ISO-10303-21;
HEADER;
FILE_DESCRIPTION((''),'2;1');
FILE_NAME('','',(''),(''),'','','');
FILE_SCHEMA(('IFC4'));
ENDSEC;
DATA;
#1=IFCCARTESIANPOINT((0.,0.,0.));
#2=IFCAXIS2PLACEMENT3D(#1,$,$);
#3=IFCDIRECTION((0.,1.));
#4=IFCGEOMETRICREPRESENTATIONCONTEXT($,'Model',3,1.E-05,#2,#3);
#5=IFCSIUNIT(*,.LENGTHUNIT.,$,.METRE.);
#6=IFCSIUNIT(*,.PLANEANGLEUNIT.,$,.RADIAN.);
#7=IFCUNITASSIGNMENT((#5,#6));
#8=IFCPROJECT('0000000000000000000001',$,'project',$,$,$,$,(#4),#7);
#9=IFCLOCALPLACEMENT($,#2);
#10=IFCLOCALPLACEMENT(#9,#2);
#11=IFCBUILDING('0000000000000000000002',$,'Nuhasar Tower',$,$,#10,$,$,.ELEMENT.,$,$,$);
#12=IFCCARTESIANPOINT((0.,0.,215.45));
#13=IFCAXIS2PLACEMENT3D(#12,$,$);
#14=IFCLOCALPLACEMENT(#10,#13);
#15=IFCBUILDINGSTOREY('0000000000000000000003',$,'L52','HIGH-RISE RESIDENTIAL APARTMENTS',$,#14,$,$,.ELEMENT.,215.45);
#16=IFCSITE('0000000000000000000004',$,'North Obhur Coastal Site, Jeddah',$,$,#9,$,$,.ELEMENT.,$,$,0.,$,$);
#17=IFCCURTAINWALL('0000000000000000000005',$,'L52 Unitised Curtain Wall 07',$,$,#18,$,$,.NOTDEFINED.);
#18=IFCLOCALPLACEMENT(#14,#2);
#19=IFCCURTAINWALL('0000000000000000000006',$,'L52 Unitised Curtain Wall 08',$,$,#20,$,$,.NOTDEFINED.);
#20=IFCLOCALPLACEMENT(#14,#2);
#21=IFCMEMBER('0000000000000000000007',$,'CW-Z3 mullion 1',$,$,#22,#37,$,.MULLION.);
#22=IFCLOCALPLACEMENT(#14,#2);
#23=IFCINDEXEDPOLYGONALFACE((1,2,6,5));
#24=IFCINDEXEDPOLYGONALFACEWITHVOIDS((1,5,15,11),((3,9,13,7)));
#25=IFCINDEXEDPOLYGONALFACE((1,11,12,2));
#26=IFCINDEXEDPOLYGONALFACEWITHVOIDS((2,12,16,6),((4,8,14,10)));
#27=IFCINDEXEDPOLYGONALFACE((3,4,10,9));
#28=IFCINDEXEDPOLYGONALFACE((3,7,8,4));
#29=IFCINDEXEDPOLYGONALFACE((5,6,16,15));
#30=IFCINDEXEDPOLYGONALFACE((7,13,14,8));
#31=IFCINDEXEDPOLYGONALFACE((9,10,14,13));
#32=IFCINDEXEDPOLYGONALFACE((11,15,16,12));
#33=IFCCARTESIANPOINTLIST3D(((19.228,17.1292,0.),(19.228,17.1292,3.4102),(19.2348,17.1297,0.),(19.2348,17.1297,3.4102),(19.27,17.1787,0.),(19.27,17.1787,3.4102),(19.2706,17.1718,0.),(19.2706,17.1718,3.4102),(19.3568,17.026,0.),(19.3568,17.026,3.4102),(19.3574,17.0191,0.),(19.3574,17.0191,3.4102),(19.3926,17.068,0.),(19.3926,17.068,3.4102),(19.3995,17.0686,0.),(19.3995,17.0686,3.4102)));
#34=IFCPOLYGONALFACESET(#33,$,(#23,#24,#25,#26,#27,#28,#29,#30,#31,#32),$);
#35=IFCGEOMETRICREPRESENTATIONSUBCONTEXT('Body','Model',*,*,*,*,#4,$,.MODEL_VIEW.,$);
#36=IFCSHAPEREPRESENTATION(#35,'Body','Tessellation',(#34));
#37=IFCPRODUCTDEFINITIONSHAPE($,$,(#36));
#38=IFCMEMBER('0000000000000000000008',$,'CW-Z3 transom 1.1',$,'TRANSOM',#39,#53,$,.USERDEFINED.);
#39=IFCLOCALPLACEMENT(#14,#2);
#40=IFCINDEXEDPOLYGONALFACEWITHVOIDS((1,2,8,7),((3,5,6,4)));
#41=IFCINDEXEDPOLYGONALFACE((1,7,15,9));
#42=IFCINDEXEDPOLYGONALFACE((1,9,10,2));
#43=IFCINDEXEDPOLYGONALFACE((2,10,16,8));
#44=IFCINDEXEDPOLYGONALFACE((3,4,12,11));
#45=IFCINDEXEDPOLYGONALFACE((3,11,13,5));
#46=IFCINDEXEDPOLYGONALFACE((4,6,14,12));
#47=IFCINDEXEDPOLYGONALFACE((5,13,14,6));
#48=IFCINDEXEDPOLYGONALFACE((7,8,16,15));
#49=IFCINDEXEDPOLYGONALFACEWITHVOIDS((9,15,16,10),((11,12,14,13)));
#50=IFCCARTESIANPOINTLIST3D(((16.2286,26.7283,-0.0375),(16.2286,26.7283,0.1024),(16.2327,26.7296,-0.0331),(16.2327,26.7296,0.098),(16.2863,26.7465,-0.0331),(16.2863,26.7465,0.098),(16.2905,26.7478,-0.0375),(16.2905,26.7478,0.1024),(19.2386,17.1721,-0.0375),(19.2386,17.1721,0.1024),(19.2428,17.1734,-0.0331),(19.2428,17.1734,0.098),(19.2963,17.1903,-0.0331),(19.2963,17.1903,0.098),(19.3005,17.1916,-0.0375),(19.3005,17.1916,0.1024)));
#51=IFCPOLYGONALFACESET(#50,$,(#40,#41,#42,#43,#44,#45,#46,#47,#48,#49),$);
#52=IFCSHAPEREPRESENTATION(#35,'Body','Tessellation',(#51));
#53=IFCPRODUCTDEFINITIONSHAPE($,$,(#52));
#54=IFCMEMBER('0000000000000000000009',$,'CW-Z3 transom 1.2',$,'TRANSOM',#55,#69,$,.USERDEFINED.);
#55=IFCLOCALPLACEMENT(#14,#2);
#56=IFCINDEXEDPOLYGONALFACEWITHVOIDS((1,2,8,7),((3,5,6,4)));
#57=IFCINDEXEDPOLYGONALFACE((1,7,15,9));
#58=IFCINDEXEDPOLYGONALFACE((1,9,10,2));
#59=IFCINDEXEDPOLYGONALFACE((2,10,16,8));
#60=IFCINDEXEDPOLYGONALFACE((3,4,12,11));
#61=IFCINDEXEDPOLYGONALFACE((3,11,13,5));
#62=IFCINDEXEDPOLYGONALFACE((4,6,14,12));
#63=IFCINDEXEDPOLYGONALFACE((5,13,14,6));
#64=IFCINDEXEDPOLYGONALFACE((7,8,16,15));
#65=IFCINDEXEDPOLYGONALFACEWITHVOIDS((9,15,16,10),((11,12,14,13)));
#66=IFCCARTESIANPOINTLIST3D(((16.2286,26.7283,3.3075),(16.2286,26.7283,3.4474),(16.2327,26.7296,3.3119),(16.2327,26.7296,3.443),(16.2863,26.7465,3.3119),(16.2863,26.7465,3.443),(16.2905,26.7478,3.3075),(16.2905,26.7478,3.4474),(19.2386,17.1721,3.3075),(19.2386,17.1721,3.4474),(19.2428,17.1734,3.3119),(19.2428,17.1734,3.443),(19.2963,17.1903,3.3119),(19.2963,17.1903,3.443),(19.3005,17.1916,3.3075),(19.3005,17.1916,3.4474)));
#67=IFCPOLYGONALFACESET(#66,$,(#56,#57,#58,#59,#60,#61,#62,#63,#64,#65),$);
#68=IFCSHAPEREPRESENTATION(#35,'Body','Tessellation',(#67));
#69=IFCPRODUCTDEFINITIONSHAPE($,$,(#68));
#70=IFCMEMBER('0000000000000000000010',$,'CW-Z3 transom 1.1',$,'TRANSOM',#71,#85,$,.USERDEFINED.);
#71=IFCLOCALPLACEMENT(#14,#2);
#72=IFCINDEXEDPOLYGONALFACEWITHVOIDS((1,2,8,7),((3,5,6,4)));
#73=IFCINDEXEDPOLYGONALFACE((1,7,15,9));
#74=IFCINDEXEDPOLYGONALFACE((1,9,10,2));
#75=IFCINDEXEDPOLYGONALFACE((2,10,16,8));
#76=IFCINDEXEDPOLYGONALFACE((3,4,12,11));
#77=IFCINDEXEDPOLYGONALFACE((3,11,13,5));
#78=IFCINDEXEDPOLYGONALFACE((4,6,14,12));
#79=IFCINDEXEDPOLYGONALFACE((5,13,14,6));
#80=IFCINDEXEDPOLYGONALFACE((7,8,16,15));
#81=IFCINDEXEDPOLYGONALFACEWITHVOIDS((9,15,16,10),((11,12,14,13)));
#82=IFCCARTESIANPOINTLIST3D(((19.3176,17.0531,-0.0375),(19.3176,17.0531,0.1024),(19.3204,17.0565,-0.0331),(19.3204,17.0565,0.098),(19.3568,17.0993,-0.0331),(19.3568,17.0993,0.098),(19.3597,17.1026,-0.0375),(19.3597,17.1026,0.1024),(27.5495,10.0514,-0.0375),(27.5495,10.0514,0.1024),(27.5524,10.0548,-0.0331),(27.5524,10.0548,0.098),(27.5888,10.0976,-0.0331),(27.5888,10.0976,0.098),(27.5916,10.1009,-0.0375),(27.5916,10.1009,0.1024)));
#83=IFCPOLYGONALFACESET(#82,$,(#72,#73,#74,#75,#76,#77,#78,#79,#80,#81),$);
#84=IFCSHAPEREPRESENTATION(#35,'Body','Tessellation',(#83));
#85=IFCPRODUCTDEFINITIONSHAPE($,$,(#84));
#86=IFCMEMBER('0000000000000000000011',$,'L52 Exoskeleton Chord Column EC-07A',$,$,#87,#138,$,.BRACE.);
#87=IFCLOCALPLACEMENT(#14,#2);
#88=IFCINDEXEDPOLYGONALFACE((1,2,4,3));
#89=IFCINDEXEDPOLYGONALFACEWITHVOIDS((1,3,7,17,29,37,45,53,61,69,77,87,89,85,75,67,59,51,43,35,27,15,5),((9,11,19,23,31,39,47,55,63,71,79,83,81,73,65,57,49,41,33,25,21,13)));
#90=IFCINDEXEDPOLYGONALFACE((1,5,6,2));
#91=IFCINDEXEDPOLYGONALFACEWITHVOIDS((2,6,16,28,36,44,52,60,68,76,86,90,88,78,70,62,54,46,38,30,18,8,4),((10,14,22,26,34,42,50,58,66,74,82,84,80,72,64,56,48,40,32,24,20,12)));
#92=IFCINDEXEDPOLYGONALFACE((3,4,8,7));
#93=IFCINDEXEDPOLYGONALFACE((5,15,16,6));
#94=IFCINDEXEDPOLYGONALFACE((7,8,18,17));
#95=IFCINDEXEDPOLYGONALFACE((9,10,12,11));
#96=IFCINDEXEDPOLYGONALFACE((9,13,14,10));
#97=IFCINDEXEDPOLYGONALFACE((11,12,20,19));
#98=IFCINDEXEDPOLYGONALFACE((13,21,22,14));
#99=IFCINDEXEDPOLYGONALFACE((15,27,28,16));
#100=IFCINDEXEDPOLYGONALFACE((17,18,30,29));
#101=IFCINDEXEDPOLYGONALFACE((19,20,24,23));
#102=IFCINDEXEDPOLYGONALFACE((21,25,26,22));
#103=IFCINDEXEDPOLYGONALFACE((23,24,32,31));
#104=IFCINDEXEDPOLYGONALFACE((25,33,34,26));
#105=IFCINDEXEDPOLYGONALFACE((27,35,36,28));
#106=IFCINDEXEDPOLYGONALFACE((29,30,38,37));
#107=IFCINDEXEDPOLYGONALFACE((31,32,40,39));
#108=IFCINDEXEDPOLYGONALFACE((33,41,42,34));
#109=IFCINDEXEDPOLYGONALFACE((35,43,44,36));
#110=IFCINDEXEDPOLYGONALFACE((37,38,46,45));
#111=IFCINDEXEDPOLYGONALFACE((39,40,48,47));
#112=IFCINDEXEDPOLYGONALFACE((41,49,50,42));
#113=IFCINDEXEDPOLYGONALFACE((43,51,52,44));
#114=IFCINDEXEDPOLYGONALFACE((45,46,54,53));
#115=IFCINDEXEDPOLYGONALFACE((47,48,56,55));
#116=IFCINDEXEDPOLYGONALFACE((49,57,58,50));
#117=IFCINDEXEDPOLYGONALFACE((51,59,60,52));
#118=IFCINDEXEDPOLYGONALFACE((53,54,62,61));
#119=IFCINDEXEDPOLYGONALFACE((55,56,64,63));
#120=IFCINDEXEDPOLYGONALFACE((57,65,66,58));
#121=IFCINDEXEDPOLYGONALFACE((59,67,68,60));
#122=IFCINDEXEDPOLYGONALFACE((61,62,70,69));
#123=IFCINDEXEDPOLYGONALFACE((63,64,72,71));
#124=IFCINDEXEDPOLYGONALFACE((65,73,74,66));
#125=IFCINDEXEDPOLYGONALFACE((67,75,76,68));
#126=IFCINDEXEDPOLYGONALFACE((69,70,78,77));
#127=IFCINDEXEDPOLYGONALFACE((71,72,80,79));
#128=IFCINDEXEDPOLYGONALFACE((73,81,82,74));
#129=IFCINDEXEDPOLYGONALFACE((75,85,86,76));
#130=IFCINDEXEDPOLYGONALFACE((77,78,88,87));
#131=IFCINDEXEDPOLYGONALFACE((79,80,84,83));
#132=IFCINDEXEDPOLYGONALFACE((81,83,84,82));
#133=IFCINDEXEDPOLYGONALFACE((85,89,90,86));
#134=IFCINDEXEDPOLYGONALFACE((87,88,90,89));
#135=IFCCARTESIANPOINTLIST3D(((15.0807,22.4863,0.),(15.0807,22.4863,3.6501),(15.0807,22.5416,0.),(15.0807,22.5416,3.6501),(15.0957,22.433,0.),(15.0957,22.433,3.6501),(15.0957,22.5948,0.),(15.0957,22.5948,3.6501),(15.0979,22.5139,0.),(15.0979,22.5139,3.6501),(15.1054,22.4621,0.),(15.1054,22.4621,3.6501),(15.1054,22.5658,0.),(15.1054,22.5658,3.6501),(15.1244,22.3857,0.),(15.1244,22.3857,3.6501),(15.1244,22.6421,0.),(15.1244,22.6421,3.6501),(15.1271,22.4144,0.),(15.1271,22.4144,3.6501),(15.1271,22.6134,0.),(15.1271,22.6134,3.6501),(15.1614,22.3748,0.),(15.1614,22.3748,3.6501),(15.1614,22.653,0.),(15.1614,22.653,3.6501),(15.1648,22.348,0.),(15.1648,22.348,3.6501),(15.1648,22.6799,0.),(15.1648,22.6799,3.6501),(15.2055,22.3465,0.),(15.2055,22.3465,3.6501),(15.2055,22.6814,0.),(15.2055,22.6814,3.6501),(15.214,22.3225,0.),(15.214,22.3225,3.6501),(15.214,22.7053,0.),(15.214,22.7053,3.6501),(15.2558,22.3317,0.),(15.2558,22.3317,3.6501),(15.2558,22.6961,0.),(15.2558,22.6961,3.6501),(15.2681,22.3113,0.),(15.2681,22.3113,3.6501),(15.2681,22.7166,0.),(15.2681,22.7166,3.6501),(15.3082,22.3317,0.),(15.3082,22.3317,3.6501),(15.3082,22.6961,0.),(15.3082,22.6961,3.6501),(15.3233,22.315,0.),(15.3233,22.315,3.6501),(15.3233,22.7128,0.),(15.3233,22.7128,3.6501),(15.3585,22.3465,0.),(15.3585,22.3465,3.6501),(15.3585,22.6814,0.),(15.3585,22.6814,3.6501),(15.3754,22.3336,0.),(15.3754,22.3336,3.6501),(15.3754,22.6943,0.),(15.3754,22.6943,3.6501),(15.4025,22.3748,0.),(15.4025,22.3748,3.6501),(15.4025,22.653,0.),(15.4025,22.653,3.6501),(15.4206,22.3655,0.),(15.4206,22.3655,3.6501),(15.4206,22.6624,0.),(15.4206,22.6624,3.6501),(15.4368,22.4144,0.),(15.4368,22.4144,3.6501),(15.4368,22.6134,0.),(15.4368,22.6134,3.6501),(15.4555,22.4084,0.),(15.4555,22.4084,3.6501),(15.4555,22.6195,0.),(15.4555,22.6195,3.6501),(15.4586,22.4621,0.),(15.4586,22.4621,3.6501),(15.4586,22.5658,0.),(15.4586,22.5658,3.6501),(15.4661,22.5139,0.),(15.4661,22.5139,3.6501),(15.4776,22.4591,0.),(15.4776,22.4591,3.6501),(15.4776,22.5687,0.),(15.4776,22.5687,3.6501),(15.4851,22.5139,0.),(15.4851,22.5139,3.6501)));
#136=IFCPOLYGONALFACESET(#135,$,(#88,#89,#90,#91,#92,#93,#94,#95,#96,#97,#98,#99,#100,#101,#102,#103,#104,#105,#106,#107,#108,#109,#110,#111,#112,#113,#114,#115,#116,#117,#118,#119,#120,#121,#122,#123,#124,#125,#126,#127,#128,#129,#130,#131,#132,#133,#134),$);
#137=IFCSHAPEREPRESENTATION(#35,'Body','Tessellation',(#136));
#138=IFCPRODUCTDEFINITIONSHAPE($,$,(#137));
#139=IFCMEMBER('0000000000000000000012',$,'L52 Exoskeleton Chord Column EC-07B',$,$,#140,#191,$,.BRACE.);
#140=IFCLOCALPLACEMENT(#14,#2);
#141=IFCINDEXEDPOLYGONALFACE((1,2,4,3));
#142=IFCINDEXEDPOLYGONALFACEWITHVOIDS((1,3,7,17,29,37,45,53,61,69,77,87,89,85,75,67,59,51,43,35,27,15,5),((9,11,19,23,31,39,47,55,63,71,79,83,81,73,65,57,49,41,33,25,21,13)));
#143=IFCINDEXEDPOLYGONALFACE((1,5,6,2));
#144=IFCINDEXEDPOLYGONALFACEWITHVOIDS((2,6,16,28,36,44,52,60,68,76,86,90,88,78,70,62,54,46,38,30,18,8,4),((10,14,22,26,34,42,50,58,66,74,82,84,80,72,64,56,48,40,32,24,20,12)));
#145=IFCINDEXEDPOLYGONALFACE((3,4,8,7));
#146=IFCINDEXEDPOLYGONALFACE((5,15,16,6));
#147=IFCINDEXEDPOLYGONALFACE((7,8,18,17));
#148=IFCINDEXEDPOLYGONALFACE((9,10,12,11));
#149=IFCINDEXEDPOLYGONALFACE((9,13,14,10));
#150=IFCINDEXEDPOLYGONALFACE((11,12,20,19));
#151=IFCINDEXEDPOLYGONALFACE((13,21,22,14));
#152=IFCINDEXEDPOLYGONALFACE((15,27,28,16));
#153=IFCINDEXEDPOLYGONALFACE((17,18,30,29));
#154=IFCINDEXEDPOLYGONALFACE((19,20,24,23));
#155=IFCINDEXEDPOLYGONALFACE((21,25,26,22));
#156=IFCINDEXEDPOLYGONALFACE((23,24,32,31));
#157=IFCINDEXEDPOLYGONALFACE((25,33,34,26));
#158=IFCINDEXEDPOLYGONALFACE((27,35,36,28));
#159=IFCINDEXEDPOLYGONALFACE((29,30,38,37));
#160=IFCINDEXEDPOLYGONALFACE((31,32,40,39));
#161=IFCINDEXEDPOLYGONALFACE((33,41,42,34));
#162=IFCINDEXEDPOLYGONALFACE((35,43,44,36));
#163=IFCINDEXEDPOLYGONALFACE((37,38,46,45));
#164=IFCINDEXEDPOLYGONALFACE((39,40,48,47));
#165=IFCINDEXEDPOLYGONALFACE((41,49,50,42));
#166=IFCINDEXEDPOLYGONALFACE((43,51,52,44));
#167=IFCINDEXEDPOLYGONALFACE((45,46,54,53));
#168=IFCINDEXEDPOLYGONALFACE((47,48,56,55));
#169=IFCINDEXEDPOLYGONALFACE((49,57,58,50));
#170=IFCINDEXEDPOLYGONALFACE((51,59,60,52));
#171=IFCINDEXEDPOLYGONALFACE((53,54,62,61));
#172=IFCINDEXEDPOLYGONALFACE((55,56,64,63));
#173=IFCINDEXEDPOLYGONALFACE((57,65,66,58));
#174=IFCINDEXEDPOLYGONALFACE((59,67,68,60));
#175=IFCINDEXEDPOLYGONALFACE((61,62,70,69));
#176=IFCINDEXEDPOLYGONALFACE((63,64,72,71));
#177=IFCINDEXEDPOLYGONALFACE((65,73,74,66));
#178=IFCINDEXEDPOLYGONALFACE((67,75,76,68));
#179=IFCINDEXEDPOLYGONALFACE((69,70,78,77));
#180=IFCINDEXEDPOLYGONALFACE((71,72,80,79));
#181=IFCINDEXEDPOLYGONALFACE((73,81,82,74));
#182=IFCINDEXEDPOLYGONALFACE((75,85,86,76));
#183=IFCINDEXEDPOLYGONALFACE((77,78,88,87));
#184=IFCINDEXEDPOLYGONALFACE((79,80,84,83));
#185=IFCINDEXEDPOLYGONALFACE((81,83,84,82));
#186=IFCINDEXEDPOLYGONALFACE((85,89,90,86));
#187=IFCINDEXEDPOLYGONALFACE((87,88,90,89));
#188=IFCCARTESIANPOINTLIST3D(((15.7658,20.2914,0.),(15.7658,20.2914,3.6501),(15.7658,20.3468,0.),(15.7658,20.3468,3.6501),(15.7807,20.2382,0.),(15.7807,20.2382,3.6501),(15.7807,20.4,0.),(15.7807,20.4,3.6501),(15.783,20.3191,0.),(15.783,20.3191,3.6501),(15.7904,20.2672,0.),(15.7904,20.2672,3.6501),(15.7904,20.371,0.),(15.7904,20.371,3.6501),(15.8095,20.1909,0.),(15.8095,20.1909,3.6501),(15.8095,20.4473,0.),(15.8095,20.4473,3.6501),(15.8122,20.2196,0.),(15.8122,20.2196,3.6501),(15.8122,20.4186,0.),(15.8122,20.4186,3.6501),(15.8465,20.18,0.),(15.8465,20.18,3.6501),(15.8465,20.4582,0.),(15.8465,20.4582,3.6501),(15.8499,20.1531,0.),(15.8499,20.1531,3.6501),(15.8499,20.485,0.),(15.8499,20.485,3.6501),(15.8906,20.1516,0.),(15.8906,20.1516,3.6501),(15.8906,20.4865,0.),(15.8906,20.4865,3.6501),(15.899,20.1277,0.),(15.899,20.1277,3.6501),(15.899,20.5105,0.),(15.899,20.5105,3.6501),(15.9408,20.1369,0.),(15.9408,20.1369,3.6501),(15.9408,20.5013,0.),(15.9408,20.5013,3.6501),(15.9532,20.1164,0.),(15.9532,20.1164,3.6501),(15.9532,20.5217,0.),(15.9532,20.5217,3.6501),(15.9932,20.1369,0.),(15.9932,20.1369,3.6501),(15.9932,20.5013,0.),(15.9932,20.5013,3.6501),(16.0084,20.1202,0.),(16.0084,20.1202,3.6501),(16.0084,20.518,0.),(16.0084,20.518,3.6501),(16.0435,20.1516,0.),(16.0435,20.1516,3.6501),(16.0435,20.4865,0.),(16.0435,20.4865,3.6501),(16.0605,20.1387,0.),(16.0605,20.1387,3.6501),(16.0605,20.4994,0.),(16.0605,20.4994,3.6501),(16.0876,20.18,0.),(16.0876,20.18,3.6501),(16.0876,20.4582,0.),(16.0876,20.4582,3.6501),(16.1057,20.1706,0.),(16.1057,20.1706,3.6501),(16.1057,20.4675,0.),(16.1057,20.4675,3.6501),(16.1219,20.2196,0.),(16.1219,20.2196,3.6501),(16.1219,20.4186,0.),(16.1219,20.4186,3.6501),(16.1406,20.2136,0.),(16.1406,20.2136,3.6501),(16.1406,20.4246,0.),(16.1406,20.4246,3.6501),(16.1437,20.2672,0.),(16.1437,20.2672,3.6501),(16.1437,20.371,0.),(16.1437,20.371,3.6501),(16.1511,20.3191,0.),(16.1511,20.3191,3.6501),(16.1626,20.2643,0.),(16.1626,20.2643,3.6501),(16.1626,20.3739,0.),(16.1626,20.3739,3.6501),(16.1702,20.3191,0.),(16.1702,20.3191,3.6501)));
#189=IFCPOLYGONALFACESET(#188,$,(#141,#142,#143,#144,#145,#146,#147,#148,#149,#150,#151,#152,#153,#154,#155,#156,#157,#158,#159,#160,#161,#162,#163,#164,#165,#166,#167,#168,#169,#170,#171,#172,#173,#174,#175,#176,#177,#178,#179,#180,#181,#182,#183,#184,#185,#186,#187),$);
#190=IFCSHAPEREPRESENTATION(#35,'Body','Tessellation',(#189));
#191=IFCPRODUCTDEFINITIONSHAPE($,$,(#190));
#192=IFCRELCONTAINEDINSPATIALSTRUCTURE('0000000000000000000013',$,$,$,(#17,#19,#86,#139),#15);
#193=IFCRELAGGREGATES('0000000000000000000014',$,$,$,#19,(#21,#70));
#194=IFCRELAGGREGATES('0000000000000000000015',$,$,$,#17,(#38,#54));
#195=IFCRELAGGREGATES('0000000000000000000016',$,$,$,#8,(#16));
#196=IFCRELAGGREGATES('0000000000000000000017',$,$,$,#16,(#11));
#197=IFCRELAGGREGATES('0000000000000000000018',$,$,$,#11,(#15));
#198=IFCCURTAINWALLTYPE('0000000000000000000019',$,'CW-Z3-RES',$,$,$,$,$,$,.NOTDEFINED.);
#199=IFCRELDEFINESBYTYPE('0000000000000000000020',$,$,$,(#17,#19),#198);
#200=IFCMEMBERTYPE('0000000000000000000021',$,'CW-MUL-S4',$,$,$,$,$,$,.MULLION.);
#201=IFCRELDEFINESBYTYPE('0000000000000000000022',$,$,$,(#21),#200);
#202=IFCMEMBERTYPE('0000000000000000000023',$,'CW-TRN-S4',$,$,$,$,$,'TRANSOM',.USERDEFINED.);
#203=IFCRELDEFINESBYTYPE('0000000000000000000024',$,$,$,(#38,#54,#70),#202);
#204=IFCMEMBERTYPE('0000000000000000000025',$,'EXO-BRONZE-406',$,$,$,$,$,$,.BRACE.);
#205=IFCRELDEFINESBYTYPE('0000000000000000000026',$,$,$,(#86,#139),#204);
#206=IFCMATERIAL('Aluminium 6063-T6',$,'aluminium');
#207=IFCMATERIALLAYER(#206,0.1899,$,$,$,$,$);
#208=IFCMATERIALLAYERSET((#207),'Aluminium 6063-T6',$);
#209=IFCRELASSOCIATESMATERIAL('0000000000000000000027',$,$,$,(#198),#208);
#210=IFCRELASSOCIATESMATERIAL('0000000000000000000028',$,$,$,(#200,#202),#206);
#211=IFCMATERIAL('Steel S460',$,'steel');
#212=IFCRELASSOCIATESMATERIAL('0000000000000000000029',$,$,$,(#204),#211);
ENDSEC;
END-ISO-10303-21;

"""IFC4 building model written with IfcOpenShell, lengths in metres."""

from ifc_helpers import new_model, si_unit, direction, frame, origin, origin_2d, place, context, subcontext, project, spatial, hollow_rectangle, hollow_circle, extrude, material, layer, layer_set, material_profile, profile_set, type_object, element, aggregate, save


model = new_model("IFC4")

# Units and contexts
model_context = context("Model", 3, precision=1e-05, world=origin(), true_north=direction((0.0, 1.0)))
body_context = subcontext(model_context, "Body", "Model", "MODEL_VIEW")
ifc_project = project(units=[si_unit("LENGTHUNIT", "METRE"), si_unit("PLANEANGLEUNIT", "RADIAN")], contexts=[model_context])

# Site, building, storey
site_placement = place(None, origin())
site = spatial("IfcSite", under=ifc_project, at=site_placement, Name="North Obhur Coastal Site, Jeddah", CompositionType="ELEMENT", RefElevation=0.0)
building_placement = place(site_placement, origin())
building = spatial("IfcBuilding", under=site, at=building_placement, Name="Nuhasar Tower", CompositionType="ELEMENT")
storey_placement = place(building_placement, frame((0.0, 0.0, 215.45)))
storey = spatial("IfcBuildingStorey", under=building, at=storey_placement, Name="L52", Description="HIGH-RISE RESIDENTIAL APARTMENTS", CompositionType="ELEMENT", Elevation=215.45)

# Curtain wall
ifc_material_1 = material(Name="Aluminium 6063-T6", Category="aluminium")
ifc_layer_1 = layer(ifc_material_1, 0.1899)
ifc_layer_set_1 = layer_set([ifc_layer_1], Name="Aluminium 6063-T6")
curtain_wall_type = type_object("IfcCurtainWallType", Name="CW-Z3-RES", PredefinedType="NOTDEFINED", material=ifc_layer_set_1)
curtain_wall_1_placement = place(storey_placement, origin())
curtain_wall_1 = element("IfcCurtainWall", 1, at=curtain_wall_1_placement, inside=storey, type_object=curtain_wall_type, Name="L52 Unitised Curtain Wall 07", PredefinedType="NOTDEFINED")
ifc_material_profile_1 = material_profile(ifc_material_1, hollow_rectangle(XDim=0.0649, YDim=0.1699, WallThickness=0.0049, at=origin_2d()), Name="CWM-4")
ifc_profile_set_1 = profile_set([ifc_material_profile_1], Name="Aluminium 6063-T6")
member_type_1 = type_object("IfcMemberType", Name="CW-MUL-S4", PredefinedType="MULLION", material=ifc_profile_set_1)

# Curtain wall, member
curtain_wall_2_placement = place(storey_placement, origin())
curtain_wall_2 = element("IfcCurtainWall", 2, at=curtain_wall_2_placement, inside=storey, type_object=curtain_wall_type, Name="L52 Unitised Curtain Wall 08", PredefinedType="NOTDEFINED")
member_1_placement = place(storey_placement, frame((19.3137, 17.0989, 0.0), z_axis=(0.0, 0.0, 1.0), x_axis=(0.647895, 0.761729, 0.0)))
member_1 = element("IfcMember", 3, at=member_1_placement, type_object=member_type_1, Name="CW-Z3 mullion 1", PredefinedType="MULLION", context=body_context, shape_type="SweptSolid", body=[
    extrude(hollow_rectangle(XDim=0.0649, YDim=0.1699, WallThickness=0.0049, at=origin_2d()), origin(), (0.0, 0.0, 1.0), 3.4102),
])

# Members
ifc_material_profile_2 = material_profile(ifc_material_1, hollow_rectangle(XDim=0.0649, YDim=0.1399, WallThickness=0.0044, at=origin_2d()), Name="CWT-4")
ifc_profile_set_2 = profile_set([ifc_material_profile_2], Name="Aluminium 6063-T6")
member_type_2 = type_object("IfcMemberType", Name="CW-TRN-S4", ElementType="TRANSOM", PredefinedType="USERDEFINED", material=ifc_profile_set_2)
member_2_placement = place(storey_placement, frame((16.2595, 26.738, 0.0325), z_axis=(0.30043, -0.953804, 0.0), x_axis=(0.953804, 0.30043, 0.0)))
member_2 = element("IfcMember", 4, at=member_2_placement, type_object=member_type_2, Name="CW-Z3 transom 1.1", ObjectType="TRANSOM", PredefinedType="USERDEFINED", context=body_context, shape_type="SweptSolid", body=[
    extrude(hollow_rectangle(XDim=0.0649, YDim=0.1399, WallThickness=0.0044, at=origin_2d()), origin(), (0.0, 0.0, 1.0), 10.019),
])
member_3_placement = place(storey_placement, frame((16.2595, 26.738, 3.3774), z_axis=(0.30043, -0.953804, 0.0), x_axis=(0.953804, 0.30043, 0.0)))
member_3 = element("IfcMember", 5, at=member_3_placement, type_object=member_type_2, Name="CW-Z3 transom 1.2", ObjectType="TRANSOM", PredefinedType="USERDEFINED", context=body_context, shape_type="SweptSolid", body=[
    extrude(hollow_rectangle(XDim=0.0649, YDim=0.1399, WallThickness=0.0044, at=origin_2d()), origin(), (0.0, 0.0, 1.0), 10.019),
])
member_4_placement = place(storey_placement, frame((19.3386, 17.0779, 0.0325), z_axis=(0.761731, -0.647894, 0.0), x_axis=(0.647894, 0.761731, 0.0)))
member_4 = element("IfcMember", 6, at=member_4_placement, type_object=member_type_2, Name="CW-Z3 transom 1.1", ObjectType="TRANSOM", PredefinedType="USERDEFINED", context=body_context, shape_type="SweptSolid", body=[
    extrude(hollow_rectangle(XDim=0.0649, YDim=0.1399, WallThickness=0.0044, at=origin_2d()), origin(), (0.0, 0.0, 1.0), 10.8069),
])
aggregate(curtain_wall_2, [member_1, member_4])

# Members
ifc_material_2 = material(Name="Steel S460", Category="steel")
ifc_material_profile_3 = material_profile(ifc_material_2, hollow_circle(Radius=0.2031, WallThickness=0.019, at=origin_2d()), Name="HSS406.4X19.1")
ifc_profile_set_3 = profile_set([ifc_material_profile_3], Name="Steel S460")
member_type_3 = type_object("IfcMemberType", Name="EXO-BRONZE-406", PredefinedType="BRACE", material=ifc_profile_set_3)
for number, where, z_axis, x_axis, name in (
    (7, (15.282, 22.5139, 0.0), (0.0, 0.0, 1.0), (1.0, 0.0, 0.0), "L52 Exoskeleton Chord Column EC-07A"),
    (8, (15.967, 20.3191, 0.0), (0.0, 0.0, 1.0), (1.0, 0.0, 0.0), "L52 Exoskeleton Chord Column EC-07B"),
):
    element("IfcMember", number, at=place(storey_placement, frame(where, z_axis=z_axis, x_axis=x_axis)), inside=storey, type_object=member_type_3, Name=name, PredefinedType="BRACE", context=body_context, shape_type="SweptSolid", body=[
        extrude(hollow_circle(Radius=0.2031, WallThickness=0.019, at=origin_2d()), origin(), (0.0, 0.0, 1.0), 3.6501),
    ])

aggregate(curtain_wall_1, [member_2, member_3])

save(model, "model.ifc")
